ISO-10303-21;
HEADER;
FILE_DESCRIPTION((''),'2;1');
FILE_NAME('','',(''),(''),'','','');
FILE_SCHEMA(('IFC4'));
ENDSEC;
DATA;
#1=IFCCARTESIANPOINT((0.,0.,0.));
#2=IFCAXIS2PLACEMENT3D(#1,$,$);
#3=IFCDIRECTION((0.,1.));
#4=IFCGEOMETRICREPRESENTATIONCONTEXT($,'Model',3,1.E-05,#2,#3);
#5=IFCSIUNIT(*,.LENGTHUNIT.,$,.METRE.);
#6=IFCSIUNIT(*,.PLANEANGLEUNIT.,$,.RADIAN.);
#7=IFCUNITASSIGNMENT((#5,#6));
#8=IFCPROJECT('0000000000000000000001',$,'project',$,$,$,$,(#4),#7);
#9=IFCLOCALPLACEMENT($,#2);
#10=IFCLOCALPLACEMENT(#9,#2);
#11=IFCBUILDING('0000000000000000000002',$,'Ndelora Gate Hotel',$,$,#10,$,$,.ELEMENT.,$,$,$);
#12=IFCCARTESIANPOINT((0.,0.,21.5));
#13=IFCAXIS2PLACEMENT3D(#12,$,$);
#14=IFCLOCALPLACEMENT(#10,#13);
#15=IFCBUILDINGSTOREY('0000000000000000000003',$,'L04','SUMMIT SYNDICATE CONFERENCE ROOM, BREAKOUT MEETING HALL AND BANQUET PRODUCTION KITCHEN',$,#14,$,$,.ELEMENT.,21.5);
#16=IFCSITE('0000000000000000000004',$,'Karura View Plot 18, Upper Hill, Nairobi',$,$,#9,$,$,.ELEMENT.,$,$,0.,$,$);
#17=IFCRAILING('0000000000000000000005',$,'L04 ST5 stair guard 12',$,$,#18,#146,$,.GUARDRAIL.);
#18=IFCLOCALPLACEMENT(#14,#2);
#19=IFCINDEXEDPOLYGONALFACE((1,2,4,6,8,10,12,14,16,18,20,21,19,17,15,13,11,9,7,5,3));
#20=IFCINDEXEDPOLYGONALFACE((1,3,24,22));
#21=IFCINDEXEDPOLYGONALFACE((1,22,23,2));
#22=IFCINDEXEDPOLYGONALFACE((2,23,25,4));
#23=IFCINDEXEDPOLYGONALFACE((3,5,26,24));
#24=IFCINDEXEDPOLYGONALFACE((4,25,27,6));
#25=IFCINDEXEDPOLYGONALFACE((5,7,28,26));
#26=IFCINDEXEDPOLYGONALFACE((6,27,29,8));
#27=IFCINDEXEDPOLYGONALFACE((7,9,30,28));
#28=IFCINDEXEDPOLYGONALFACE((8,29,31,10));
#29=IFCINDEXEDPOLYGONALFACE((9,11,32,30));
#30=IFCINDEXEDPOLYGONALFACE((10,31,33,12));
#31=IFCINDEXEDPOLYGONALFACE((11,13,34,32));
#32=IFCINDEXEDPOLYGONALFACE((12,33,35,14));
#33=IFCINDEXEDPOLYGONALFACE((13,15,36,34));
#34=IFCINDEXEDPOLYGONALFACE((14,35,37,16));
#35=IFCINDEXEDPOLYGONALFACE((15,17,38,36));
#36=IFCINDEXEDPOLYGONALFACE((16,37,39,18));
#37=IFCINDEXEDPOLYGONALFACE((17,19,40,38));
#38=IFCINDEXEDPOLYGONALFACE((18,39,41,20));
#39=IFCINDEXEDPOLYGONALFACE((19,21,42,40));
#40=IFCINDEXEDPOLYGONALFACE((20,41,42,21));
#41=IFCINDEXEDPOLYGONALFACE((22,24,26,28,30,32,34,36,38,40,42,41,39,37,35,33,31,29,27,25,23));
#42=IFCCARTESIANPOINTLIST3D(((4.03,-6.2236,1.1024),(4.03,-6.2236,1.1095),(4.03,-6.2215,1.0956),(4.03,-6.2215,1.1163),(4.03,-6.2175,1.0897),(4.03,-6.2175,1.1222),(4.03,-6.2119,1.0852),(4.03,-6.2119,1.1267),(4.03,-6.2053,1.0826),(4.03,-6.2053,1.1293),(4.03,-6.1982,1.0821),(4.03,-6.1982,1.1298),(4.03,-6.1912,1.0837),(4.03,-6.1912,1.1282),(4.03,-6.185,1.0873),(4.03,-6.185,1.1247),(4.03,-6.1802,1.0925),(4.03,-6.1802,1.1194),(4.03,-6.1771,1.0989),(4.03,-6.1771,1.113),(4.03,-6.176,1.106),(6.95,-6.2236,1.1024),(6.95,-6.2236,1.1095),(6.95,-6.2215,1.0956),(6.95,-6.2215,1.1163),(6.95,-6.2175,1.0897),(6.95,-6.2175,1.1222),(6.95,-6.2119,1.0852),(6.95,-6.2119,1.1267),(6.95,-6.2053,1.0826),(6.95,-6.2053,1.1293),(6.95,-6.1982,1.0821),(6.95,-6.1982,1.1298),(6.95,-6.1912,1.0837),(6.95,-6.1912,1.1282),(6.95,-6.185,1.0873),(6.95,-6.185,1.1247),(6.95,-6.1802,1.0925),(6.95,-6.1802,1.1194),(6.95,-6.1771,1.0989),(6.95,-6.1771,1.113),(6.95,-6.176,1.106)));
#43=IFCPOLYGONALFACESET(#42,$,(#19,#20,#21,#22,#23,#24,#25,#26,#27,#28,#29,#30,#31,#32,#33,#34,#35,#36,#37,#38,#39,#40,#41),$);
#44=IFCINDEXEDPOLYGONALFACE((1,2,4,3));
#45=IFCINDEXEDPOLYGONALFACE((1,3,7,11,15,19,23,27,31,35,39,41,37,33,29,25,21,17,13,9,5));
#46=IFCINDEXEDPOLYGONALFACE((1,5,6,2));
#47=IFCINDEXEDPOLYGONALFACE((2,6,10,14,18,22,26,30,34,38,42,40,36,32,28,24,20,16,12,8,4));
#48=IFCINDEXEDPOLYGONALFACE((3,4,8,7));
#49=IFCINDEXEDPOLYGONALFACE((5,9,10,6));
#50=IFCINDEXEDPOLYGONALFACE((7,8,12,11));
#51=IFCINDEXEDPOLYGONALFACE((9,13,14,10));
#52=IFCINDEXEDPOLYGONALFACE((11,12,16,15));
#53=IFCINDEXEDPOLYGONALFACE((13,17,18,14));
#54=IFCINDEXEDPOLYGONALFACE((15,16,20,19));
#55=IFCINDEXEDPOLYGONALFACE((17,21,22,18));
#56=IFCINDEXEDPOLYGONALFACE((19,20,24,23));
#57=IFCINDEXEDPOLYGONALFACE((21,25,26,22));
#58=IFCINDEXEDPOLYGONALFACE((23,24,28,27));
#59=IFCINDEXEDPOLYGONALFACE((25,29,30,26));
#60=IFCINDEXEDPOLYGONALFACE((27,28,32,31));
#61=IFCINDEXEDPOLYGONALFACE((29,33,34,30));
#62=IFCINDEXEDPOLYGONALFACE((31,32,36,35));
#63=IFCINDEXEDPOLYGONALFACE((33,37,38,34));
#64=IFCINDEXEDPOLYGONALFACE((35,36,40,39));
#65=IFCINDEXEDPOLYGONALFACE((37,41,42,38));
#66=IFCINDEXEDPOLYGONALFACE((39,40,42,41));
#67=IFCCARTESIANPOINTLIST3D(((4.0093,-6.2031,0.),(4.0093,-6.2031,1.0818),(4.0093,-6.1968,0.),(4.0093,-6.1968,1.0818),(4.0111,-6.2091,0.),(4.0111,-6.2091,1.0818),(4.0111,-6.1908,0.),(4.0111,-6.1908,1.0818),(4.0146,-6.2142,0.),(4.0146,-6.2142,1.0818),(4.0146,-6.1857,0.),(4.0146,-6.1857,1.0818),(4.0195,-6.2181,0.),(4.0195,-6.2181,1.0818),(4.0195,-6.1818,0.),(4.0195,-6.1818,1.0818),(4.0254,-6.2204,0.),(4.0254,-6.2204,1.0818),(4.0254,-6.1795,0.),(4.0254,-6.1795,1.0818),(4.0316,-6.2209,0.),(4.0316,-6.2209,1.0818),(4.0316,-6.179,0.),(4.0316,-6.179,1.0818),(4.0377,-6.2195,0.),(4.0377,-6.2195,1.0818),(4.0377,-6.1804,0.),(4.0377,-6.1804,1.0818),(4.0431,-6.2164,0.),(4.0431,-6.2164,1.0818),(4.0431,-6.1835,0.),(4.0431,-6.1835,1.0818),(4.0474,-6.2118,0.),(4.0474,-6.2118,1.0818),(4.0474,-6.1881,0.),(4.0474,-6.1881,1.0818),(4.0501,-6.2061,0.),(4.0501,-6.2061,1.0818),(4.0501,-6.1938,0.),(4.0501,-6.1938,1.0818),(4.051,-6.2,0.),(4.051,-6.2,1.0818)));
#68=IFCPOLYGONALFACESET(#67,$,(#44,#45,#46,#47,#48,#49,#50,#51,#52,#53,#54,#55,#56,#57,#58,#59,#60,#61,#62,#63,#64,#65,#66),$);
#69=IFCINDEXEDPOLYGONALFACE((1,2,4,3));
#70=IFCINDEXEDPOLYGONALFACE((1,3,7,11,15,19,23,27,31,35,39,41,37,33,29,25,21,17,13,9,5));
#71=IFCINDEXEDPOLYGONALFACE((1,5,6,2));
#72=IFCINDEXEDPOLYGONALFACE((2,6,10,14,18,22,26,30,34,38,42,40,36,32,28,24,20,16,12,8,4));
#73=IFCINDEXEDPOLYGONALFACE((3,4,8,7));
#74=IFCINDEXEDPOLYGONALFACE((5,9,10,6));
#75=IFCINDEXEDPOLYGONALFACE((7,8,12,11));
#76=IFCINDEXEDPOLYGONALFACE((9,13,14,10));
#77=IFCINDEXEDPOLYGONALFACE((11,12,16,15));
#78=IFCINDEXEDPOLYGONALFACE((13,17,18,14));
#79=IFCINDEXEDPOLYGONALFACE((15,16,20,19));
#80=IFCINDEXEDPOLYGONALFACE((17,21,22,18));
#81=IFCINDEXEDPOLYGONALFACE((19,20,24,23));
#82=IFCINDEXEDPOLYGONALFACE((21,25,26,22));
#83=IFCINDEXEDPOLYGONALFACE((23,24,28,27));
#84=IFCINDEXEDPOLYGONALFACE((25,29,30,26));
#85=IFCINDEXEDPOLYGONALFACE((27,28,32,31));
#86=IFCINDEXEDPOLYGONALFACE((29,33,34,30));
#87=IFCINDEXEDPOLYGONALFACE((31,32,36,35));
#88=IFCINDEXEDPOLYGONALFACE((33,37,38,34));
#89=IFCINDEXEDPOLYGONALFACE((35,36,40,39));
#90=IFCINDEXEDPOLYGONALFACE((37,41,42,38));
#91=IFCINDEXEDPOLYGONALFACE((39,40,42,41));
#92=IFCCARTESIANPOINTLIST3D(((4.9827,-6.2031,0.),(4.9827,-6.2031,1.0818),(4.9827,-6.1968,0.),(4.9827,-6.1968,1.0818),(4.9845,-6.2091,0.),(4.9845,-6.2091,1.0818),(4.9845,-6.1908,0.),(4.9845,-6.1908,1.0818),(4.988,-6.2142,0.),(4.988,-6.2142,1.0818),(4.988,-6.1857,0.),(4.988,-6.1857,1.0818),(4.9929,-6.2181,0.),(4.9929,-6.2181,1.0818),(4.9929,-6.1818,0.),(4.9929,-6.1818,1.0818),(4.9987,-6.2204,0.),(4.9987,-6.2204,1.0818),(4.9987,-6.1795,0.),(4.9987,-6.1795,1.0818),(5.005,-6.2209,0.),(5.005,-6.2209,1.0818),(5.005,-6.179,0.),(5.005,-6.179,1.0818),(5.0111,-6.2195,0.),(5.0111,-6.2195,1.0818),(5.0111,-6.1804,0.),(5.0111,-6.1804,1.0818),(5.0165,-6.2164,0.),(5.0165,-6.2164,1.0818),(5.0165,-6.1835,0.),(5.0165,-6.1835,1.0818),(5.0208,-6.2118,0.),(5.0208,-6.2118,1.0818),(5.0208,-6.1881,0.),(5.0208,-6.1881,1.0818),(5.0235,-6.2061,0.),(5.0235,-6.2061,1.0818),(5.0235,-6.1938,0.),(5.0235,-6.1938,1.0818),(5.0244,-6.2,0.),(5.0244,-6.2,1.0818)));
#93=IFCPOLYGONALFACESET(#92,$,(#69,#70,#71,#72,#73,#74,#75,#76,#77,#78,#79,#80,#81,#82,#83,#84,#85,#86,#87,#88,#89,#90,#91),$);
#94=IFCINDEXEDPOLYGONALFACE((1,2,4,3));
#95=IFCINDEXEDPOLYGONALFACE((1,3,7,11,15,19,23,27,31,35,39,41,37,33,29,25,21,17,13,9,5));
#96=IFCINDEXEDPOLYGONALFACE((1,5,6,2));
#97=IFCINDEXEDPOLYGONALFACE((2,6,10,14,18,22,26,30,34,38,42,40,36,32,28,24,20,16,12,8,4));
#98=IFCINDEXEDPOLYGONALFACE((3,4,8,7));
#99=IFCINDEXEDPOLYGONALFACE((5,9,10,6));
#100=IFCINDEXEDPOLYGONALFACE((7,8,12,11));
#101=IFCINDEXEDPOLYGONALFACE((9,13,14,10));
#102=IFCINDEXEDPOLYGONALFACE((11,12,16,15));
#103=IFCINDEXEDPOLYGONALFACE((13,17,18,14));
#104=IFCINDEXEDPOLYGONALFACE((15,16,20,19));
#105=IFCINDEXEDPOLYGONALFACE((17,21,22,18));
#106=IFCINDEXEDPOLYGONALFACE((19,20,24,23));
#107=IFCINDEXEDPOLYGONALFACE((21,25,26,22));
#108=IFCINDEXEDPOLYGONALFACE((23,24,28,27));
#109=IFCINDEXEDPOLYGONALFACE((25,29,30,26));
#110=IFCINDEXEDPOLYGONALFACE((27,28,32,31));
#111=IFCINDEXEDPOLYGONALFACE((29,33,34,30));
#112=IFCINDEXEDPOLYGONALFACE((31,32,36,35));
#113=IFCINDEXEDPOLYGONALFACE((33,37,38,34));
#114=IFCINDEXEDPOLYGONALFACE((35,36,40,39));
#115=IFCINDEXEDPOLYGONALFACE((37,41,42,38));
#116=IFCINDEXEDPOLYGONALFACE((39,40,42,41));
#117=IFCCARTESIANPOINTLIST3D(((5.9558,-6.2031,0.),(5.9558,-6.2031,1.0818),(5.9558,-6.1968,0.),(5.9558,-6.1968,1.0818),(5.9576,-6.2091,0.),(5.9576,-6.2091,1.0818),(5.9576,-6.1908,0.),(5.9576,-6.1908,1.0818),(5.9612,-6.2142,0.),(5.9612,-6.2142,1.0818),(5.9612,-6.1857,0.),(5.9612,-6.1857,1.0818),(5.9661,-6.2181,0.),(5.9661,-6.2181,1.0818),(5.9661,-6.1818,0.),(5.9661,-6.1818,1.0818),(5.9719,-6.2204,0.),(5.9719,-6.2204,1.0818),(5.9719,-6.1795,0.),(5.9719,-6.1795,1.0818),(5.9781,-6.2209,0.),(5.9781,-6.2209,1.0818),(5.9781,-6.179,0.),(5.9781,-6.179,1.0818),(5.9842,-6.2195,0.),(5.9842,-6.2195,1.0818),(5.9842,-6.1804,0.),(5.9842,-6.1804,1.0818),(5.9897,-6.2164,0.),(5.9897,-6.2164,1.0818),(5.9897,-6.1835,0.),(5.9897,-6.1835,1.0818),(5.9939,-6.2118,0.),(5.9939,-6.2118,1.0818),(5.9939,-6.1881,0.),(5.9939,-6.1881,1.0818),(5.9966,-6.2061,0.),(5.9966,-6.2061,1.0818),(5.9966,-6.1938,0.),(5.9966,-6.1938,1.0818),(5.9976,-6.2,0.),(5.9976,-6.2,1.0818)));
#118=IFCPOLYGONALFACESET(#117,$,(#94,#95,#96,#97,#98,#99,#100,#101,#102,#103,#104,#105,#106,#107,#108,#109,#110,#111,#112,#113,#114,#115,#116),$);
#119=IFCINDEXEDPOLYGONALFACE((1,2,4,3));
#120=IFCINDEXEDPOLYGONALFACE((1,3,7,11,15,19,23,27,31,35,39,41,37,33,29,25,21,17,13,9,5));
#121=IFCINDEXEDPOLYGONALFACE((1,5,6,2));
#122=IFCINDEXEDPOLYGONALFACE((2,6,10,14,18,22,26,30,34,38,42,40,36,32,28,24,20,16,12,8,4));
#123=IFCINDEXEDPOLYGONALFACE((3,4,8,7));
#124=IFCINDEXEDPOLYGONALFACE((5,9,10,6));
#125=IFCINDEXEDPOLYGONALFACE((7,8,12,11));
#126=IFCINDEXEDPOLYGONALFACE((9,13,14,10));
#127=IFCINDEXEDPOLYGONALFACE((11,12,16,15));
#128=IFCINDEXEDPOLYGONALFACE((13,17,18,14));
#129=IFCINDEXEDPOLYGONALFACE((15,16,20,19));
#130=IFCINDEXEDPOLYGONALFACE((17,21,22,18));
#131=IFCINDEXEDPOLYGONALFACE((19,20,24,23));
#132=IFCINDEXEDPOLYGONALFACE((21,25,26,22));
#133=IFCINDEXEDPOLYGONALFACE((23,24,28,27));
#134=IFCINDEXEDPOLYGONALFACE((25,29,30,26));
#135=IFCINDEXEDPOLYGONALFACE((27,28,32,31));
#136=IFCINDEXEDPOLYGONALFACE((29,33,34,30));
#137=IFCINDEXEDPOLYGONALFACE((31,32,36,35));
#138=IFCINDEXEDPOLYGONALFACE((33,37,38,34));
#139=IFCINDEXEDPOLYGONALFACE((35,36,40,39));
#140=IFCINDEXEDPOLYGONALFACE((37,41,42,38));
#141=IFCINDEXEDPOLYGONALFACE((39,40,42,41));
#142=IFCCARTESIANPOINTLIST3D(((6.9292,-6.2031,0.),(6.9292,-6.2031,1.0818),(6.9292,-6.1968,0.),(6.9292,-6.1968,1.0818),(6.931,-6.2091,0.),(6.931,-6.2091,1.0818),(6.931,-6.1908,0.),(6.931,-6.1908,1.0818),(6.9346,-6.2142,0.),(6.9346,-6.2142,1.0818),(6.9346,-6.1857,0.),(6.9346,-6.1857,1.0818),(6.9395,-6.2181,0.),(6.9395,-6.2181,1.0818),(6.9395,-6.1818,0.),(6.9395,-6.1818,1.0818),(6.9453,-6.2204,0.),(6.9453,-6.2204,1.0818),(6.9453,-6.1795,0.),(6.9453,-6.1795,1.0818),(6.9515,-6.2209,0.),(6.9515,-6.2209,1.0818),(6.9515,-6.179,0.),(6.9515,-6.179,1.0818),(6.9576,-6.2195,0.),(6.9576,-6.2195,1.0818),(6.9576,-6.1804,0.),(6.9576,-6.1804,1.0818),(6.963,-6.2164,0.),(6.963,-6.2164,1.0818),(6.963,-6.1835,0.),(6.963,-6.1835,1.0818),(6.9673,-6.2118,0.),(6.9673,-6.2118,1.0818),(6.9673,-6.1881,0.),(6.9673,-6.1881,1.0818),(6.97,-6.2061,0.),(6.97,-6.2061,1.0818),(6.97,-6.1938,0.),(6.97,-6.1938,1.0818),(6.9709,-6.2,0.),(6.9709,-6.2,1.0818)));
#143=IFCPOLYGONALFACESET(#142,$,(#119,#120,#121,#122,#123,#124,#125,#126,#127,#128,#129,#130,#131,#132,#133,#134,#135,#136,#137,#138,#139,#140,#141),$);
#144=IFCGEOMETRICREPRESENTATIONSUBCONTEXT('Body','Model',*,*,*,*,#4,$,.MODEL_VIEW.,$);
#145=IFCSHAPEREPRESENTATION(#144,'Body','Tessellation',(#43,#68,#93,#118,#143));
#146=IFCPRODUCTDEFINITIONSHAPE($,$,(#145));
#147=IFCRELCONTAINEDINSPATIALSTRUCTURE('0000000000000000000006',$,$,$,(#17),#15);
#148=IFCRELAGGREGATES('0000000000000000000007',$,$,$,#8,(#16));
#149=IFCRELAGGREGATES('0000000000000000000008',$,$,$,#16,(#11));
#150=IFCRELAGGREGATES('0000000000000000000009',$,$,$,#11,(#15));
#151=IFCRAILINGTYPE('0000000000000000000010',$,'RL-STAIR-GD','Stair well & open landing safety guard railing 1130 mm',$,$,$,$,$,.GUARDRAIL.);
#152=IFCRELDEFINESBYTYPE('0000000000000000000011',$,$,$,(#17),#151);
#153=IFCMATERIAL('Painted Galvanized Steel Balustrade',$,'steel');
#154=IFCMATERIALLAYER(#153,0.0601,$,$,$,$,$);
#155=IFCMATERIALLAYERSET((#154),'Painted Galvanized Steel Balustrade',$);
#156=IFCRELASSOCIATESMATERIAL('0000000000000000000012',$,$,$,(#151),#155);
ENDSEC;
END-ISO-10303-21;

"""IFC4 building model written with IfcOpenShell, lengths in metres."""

from ifc_helpers import new_model, si_unit, direction, frame, origin, origin_2d, place, context, subcontext, project, spatial, circle, extrude, material, layer, layer_set, type_object, element, save


model = new_model("IFC4")

# Units and contexts
model_context = context("Model", 3, precision=1e-05, world=origin(), true_north=direction((0.0, 1.0)))
body_context = subcontext(model_context, "Body", "Model", "MODEL_VIEW")
ifc_project = project(units=[si_unit("LENGTHUNIT", "METRE"), si_unit("PLANEANGLEUNIT", "RADIAN")], contexts=[model_context])

# Site, building, storey
site_placement = place(None, origin())
site = spatial("IfcSite", under=ifc_project, at=site_placement, Name="Karura View Plot 18, Upper Hill, Nairobi", CompositionType="ELEMENT", RefElevation=0.0)
building_placement = place(site_placement, origin())
building = spatial("IfcBuilding", under=site, at=building_placement, Name="Ndelora Gate Hotel", CompositionType="ELEMENT")
storey_placement = place(building_placement, frame((0.0, 0.0, 21.5)))
storey = spatial("IfcBuildingStorey", under=building, at=storey_placement, Name="L04", Description="SUMMIT SYNDICATE CONFERENCE ROOM, BREAKOUT MEETING HALL AND BANQUET PRODUCTION KITCHEN", CompositionType="ELEMENT", Elevation=21.5)

# Railing
ifc_material_1 = material(Name="Painted Galvanized Steel Balustrade", Category="steel")
ifc_layer_1 = layer(ifc_material_1, 0.0601)
ifc_layer_set_1 = layer_set([ifc_layer_1], Name="Painted Galvanized Steel Balustrade")
railing_type = type_object("IfcRailingType", Name="RL-STAIR-GD", Description="Stair well & open landing safety guard railing 1130 mm", PredefinedType="GUARDRAIL", material=ifc_layer_set_1)
railing_1_placement = place(storey_placement, frame((4.03, -6.2, 0.0)))
element("IfcRailing", 1, at=railing_1_placement, inside=storey, type_object=railing_type, Name="L04 ST5 stair guard 12", PredefinedType="GUARDRAIL", context=body_context, shape_type="SweptSolid", body=[
    extrude(circle(Radius=0.0239, at=origin_2d()), frame((0.0, 0.0, 1.106), z_axis=(1.0, 0.0, 0.0), x_axis=(0.0, 1.0, 0.0)), (0.0, 0.0, 1.0), 2.9199),
    extrude(circle(Radius=0.021, at=origin_2d()), origin(), (0.0, 0.0, 1.0), 1.0818),
    extrude(circle(Radius=0.021, at=origin_2d()), frame((0.9734, 0.0, 0.0)), (0.0, 0.0, 1.0), 1.0818),
    extrude(circle(Radius=0.021, at=origin_2d()), frame((1.9465, 0.0, 0.0)), (0.0, 0.0, 1.0), 1.0818),
    extrude(circle(Radius=0.021, at=origin_2d()), frame((2.9199, 0.0, 0.0)), (0.0, 0.0, 1.0), 1.0818),
])

save(model, "model.ifc")
